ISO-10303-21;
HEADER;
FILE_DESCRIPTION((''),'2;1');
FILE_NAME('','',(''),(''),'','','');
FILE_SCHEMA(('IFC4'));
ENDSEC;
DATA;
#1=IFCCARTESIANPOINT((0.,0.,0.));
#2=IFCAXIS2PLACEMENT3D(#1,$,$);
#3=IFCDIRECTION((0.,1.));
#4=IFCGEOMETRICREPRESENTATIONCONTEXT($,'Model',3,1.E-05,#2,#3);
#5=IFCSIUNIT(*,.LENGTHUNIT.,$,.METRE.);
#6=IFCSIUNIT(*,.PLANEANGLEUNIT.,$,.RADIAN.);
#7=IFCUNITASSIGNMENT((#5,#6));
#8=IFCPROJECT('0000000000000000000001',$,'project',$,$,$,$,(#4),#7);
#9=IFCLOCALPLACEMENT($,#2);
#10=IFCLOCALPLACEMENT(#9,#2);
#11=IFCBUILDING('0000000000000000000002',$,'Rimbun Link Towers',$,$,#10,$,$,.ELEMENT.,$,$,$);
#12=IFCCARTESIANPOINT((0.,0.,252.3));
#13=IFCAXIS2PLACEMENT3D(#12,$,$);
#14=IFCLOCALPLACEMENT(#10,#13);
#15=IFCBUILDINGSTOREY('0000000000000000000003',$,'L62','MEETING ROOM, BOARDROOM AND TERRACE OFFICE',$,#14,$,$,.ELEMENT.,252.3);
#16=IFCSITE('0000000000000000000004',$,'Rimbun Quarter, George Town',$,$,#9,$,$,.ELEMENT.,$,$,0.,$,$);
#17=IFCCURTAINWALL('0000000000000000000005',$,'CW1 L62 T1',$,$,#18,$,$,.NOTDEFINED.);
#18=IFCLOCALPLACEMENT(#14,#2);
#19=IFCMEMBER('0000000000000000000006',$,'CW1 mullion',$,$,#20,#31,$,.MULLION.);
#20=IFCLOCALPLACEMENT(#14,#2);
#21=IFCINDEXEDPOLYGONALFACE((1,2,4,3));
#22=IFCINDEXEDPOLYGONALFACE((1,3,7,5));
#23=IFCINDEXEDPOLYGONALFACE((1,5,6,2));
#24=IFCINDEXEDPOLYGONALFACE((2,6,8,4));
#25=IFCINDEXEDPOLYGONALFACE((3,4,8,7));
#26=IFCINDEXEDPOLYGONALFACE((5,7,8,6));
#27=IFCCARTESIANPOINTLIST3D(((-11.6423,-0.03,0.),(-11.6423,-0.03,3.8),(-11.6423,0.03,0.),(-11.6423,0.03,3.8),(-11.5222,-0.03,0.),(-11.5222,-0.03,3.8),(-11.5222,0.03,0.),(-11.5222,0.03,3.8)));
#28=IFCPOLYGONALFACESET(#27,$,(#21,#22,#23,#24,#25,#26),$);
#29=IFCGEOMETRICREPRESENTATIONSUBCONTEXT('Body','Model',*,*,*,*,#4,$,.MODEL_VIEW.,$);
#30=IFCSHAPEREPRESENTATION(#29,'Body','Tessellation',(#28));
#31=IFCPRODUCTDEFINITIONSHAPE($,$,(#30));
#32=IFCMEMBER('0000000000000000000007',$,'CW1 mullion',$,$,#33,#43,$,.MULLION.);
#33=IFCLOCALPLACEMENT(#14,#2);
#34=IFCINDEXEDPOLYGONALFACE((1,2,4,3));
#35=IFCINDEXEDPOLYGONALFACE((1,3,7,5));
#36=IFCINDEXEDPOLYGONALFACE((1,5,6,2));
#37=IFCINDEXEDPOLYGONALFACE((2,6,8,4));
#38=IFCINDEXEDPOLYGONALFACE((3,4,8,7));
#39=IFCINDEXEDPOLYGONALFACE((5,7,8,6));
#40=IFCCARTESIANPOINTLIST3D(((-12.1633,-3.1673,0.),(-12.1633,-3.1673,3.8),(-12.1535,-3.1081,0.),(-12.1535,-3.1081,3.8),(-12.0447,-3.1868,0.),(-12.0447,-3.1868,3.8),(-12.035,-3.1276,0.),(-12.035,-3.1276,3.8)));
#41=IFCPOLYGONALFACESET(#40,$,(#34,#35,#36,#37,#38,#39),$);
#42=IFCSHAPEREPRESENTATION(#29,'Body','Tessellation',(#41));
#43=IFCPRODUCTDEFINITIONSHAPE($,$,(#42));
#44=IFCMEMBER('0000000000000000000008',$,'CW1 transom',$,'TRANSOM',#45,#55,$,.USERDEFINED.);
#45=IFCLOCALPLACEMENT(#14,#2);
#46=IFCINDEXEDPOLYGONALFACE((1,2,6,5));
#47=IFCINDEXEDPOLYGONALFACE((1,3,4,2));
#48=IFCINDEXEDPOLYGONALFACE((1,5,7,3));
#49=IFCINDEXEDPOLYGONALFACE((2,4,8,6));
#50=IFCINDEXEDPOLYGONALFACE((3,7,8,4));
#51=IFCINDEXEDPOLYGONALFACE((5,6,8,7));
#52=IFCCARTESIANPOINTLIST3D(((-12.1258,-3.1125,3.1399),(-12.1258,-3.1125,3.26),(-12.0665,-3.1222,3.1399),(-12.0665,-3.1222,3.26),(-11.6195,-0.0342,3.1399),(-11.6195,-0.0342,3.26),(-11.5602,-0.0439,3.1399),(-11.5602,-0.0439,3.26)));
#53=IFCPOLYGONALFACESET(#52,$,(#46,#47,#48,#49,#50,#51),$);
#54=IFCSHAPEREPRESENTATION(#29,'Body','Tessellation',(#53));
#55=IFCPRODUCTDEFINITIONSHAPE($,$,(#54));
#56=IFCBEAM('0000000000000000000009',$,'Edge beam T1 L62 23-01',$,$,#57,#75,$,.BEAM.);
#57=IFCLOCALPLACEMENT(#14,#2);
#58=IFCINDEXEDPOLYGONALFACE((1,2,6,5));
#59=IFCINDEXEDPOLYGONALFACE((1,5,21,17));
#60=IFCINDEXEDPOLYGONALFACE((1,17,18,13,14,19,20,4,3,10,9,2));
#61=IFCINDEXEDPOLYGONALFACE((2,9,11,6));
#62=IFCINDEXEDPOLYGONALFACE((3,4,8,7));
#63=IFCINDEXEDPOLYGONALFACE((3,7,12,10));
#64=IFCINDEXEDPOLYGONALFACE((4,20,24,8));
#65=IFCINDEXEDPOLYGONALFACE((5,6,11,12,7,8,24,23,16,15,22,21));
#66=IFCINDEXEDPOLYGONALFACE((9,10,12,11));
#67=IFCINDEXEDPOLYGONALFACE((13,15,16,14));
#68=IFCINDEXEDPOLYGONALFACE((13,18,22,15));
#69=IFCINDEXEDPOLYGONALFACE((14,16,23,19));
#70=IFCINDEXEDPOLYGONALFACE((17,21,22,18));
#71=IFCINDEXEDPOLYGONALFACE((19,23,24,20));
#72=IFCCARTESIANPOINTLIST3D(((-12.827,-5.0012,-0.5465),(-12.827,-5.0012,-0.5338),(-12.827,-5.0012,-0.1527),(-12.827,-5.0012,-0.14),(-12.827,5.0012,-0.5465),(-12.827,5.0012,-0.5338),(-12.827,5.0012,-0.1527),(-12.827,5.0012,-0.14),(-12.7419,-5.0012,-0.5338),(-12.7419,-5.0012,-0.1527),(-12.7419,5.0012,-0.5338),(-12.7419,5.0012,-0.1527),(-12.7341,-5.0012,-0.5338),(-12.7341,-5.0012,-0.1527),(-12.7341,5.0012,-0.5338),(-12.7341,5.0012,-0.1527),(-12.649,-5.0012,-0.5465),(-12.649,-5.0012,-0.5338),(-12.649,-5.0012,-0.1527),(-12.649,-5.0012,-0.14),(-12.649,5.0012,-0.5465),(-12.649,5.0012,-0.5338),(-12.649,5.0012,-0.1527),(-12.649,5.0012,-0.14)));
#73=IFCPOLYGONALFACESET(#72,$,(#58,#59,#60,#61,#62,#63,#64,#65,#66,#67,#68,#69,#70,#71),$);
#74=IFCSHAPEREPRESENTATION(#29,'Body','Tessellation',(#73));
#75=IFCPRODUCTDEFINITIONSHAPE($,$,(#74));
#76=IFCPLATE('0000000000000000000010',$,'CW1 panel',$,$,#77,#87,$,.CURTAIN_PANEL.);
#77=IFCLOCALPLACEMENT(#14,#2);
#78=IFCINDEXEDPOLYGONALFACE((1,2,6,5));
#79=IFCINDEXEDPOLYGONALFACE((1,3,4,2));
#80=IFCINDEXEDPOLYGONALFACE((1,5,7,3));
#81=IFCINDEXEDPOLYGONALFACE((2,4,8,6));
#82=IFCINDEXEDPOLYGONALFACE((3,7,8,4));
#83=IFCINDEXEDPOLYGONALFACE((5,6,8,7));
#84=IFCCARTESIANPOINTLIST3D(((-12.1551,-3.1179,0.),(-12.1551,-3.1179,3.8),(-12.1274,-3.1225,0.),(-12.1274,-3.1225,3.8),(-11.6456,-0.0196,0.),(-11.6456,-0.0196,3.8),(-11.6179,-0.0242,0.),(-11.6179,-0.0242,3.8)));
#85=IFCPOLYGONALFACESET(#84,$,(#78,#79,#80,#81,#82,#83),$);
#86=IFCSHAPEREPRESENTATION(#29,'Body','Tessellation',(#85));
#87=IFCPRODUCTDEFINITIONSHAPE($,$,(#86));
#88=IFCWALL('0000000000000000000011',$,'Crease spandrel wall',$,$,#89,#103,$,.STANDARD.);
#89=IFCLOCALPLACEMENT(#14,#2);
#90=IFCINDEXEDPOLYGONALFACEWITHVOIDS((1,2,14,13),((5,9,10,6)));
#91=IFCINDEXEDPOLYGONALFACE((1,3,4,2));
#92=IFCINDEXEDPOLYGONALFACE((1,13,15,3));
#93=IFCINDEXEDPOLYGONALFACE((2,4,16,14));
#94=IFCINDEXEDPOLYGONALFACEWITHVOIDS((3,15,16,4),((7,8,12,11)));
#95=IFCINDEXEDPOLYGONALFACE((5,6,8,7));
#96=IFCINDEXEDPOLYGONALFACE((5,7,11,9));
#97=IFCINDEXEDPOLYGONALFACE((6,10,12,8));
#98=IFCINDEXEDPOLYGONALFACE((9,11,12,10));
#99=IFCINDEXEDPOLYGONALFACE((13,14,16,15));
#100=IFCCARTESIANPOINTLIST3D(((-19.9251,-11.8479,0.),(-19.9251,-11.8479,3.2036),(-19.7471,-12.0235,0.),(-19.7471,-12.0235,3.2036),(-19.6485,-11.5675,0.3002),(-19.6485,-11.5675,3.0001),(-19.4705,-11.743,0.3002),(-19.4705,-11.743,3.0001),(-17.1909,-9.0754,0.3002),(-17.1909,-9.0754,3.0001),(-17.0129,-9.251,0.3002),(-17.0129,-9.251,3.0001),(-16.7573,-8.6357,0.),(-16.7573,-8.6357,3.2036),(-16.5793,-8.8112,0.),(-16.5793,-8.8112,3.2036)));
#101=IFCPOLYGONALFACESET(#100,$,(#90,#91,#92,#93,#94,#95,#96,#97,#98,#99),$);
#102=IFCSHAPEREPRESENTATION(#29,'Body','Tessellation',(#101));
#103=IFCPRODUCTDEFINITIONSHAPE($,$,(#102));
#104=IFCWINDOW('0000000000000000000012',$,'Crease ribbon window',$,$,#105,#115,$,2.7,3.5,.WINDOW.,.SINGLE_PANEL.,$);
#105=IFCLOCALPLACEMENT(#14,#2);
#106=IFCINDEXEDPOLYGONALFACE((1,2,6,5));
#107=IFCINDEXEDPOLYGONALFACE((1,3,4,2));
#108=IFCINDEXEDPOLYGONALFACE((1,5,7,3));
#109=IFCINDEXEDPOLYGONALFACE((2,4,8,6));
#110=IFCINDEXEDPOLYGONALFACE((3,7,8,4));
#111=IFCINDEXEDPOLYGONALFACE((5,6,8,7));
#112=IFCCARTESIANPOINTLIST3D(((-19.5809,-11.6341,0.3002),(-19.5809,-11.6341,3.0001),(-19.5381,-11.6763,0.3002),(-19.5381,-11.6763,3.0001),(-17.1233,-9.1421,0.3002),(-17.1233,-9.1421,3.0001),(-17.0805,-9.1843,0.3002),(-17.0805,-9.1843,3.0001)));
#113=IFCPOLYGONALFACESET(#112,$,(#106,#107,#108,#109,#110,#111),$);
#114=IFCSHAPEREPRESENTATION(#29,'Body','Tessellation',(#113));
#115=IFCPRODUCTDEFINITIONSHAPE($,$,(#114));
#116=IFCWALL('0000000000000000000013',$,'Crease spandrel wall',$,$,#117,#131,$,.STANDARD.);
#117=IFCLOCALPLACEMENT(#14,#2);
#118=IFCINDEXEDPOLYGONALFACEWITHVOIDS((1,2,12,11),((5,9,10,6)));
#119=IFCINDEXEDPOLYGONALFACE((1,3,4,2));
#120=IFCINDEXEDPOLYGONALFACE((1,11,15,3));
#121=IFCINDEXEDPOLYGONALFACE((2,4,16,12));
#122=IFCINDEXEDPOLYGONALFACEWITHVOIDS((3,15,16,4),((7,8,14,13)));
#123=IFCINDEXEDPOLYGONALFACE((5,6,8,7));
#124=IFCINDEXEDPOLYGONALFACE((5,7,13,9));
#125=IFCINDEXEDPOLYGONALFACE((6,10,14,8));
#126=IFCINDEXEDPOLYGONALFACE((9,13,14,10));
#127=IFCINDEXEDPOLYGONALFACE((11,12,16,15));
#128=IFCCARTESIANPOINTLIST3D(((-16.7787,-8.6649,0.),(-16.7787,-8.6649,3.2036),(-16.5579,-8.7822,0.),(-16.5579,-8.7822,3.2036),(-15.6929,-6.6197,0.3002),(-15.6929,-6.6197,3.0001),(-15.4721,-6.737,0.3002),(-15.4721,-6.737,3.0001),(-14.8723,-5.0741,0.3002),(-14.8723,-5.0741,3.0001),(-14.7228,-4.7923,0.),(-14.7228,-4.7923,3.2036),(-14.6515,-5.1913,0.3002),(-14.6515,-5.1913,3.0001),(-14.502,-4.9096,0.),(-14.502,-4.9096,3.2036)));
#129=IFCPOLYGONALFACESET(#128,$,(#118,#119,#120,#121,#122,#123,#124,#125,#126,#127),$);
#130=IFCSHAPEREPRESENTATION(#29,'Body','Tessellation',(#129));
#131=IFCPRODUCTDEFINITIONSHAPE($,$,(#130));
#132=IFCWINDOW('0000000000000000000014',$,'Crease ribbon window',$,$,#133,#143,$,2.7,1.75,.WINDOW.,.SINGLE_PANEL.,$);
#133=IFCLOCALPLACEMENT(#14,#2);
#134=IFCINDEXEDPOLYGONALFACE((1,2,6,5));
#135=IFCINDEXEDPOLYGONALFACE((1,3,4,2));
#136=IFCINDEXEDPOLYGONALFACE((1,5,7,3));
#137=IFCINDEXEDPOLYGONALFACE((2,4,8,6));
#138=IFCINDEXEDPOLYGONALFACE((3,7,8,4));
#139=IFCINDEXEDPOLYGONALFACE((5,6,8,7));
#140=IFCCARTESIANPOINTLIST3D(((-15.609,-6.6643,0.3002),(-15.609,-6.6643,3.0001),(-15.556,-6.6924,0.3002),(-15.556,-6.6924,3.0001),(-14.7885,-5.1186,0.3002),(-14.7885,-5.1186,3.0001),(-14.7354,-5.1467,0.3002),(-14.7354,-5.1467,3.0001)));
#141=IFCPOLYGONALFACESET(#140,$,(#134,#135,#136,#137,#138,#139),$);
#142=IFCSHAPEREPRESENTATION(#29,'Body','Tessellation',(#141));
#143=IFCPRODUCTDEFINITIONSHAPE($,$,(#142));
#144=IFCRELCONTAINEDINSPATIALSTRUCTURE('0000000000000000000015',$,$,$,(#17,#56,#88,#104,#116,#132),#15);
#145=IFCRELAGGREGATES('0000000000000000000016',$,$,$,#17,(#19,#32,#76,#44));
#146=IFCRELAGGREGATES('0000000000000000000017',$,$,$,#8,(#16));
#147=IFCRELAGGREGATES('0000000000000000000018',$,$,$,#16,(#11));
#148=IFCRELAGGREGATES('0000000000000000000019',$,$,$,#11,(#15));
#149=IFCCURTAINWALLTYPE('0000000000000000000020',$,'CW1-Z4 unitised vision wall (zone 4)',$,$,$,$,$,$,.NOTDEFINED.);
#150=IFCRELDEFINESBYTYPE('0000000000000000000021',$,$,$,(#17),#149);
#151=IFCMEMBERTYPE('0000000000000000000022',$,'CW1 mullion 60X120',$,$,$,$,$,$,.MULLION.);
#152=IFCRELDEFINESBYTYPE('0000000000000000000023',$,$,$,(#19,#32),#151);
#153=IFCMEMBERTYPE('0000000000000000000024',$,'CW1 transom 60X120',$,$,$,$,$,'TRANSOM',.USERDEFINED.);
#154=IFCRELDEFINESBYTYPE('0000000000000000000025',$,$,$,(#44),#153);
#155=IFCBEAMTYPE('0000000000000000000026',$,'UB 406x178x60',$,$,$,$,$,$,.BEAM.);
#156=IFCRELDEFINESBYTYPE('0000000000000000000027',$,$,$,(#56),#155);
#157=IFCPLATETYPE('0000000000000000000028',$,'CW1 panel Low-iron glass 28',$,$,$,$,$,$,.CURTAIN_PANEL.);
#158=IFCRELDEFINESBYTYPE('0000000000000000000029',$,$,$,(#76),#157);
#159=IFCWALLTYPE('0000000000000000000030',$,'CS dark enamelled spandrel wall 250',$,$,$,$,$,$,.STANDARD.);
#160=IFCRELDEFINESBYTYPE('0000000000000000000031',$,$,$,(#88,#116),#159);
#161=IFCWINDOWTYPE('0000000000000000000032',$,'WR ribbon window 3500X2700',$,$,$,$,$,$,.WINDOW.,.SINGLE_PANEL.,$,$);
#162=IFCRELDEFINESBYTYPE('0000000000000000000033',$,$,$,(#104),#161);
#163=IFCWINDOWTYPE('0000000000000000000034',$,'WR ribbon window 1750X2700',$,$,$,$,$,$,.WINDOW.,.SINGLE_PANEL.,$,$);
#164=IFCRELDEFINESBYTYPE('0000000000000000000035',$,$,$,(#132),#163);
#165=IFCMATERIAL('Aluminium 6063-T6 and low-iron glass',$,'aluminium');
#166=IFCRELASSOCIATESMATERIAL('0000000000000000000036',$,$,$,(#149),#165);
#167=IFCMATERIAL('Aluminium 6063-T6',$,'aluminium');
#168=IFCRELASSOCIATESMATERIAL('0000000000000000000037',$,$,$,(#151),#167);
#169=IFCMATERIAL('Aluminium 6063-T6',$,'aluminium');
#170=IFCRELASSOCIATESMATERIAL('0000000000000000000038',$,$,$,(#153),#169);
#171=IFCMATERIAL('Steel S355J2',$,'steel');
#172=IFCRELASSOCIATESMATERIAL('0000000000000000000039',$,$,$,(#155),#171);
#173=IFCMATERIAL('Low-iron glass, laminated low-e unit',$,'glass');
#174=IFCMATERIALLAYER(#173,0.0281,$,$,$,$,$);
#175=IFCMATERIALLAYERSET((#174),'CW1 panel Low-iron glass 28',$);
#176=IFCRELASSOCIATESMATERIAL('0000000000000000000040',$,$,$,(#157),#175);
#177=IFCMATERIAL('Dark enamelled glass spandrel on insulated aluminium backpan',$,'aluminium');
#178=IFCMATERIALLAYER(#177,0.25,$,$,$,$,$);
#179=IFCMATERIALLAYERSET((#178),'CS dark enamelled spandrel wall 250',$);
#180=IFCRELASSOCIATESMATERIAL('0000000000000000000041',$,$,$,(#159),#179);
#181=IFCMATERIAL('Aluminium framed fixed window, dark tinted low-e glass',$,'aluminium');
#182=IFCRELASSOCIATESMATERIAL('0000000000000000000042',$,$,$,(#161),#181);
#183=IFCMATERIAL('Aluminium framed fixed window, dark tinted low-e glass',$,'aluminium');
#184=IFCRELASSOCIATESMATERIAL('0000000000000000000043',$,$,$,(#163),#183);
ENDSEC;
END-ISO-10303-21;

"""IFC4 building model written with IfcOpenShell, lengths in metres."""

from ifc_helpers import new_model, si_unit, direction, frame, frame_2d, origin, origin_2d, place, context, subcontext, project, spatial, rectangle, i_section, extrude, material, layer, layer_set, material_profile, profile_set, type_object, element, fill, aggregate, save


model = new_model("IFC4")

# Units and contexts
model_context = context("Model", 3, precision=1e-05, world=origin(), true_north=direction((0.0, 1.0)))
body_context = subcontext(model_context, "Body", "Model", "MODEL_VIEW")
ifc_project = project(units=[si_unit("LENGTHUNIT", "METRE"), si_unit("PLANEANGLEUNIT", "RADIAN")], contexts=[model_context])

# Site, building, storey
site_placement = place(None, origin())
site = spatial("IfcSite", under=ifc_project, at=site_placement, Name="Rimbun Quarter, George Town", CompositionType="ELEMENT", RefElevation=0.0)
building_placement = place(site_placement, origin())
building = spatial("IfcBuilding", under=site, at=building_placement, Name="Rimbun Link Towers", CompositionType="ELEMENT")
storey_placement = place(building_placement, frame((0.0, 0.0, 252.3)))
storey = spatial("IfcBuildingStorey", under=building, at=storey_placement, Name="L62", Description="MEETING ROOM, BOARDROOM AND TERRACE OFFICE", CompositionType="ELEMENT", Elevation=252.3)

# Curtain wall, members
ifc_material_1 = material(Name="Aluminium 6063-T6 and low-iron glass", Category="aluminium")
curtain_wall_type = type_object("IfcCurtainWallType", Name="CW1-Z4 unitised vision wall (zone 4)", PredefinedType="NOTDEFINED", material=ifc_material_1)
curtain_wall_placement = place(storey_placement, origin())
curtain_wall = element("IfcCurtainWall", 1, at=curtain_wall_placement, inside=storey, type_object=curtain_wall_type, Name="CW1 L62 T1", PredefinedType="NOTDEFINED")
ifc_material_2 = material(Name="Aluminium 6063-T6", Category="aluminium")
ifc_material_profile_1 = material_profile(ifc_material_2, rectangle(XDim=0.1201, YDim=0.0601, at=origin_2d()), Name="MULLION 60X120")
ifc_profile_set_1 = profile_set([ifc_material_profile_1], Name="Aluminium 6063-T6")
member_type_1 = type_object("IfcMemberType", Name="CW1 mullion 60X120", PredefinedType="MULLION", material=ifc_profile_set_1)
member_1_placement = place(storey_placement, frame((-11.5823, 0.0, 0.0), z_axis=(0.0, 0.0, 1.0), x_axis=(1.0, 0.0, 0.0)))
member_1 = element("IfcMember", 2, at=member_1_placement, type_object=member_type_1, Name="CW1 mullion", PredefinedType="MULLION", context=body_context, shape_type="SweptSolid", body=[
    extrude(rectangle(XDim=0.1201, YDim=0.0601, at=origin_2d()), origin(), (0.0, 0.0, 1.0), 3.8),
])
member_2_placement = place(storey_placement, frame((-12.0991, -3.1475, 0.0), z_axis=(0.0, 0.0, 1.0), x_axis=(0.986748, -0.162262, 0.0)))
member_2 = element("IfcMember", 3, at=member_2_placement, type_object=member_type_1, Name="CW1 mullion", PredefinedType="MULLION", context=body_context, shape_type="SweptSolid", body=[
    extrude(rectangle(XDim=0.1201, YDim=0.0601, at=origin_2d()), origin(), (0.0, 0.0, 1.0), 3.8),
])
ifc_material_3 = material(Name="Aluminium 6063-T6", Category="aluminium")
ifc_material_profile_2 = material_profile(ifc_material_3, rectangle(XDim=0.0601, YDim=0.1201, at=origin_2d()), Name="TRANSOM 60X120")
ifc_profile_set_2 = profile_set([ifc_material_profile_2], Name="Aluminium 6063-T6")
member_type_2 = type_object("IfcMemberType", Name="CW1 transom 60X120", ElementType="TRANSOM", PredefinedType="USERDEFINED", material=ifc_profile_set_2)
member_3_placement = place(storey_placement, frame((-11.5898, -0.0391, 3.2), z_axis=(-0.162305, -0.986741, 0.0), x_axis=(0.986741, -0.162305, 0.0)))
member_3 = element("IfcMember", 4, at=member_3_placement, type_object=member_type_2, Name="CW1 transom", ObjectType="TRANSOM", PredefinedType="USERDEFINED", context=body_context, shape_type="SweptSolid", body=[
    extrude(rectangle(XDim=0.0601, YDim=0.1201, at=origin_2d()), origin(), (0.0, 0.0, 1.0), 3.1196),
])

# Beam
ifc_material_4 = material(Name="Steel S355J2", Category="steel")
ifc_material_profile_3 = material_profile(ifc_material_4, i_section(OverallWidth=0.178, OverallDepth=0.4065, WebThickness=0.0078, FlangeThickness=0.0127, at=origin_2d()), Name="UB 406x178x60")
ifc_profile_set_3 = profile_set([ifc_material_profile_3], Name="Steel S355J2")
beam_type = type_object("IfcBeamType", Name="UB 406x178x60", PredefinedType="BEAM", material=ifc_profile_set_3)
beam_placement = place(storey_placement, frame((-12.738, -5.0012, -0.3433), z_axis=(0.0, 1.0, 0.0), x_axis=(-1.0, 0.0, 0.0)))
element("IfcBeam", 5, at=beam_placement, inside=storey, type_object=beam_type, Name="Edge beam T1 L62 23-01", PredefinedType="BEAM", context=body_context, shape_type="SweptSolid", body=[
    extrude(i_section(OverallWidth=0.178, OverallDepth=0.4065, WebThickness=0.0078, FlangeThickness=0.0127, at=origin_2d()), origin(), (0.0, 0.0, 1.0), 10.0024),
])

# Plate
ifc_material_5 = material(Name="Low-iron glass, laminated low-e unit", Category="glass")
ifc_layer_1 = layer(ifc_material_5, 0.0281)
ifc_layer_set_1 = layer_set([ifc_layer_1], Name="CW1 panel Low-iron glass 28")
plate_type = type_object("IfcPlateType", Name="CW1 panel Low-iron glass 28", PredefinedType="CURTAIN_PANEL", material=ifc_layer_set_1)
plate_placement = place(storey_placement, frame((-11.8865, -1.571, 0.0), z_axis=(0.0, 0.0, 1.0), x_axis=(-0.162262, -0.986748, 0.0)))
plate = element("IfcPlate", 6, at=plate_placement, type_object=plate_type, Name="CW1 panel", PredefinedType="CURTAIN_PANEL", context=body_context, shape_type="SweptSolid", body=[
    extrude(rectangle(XDim=3.1399, YDim=0.0281, at=origin_2d()), origin(), (0.0, 0.0, 1.0), 3.8),
])
aggregate(curtain_wall, [member_1, member_2, plate, member_3])

# Walls, openings, windows
ifc_material_6 = material(Name="Dark enamelled glass spandrel on insulated aluminium backpan", Category="aluminium")
ifc_layer_2 = layer(ifc_material_6, 0.25)
ifc_layer_set_2 = layer_set([ifc_layer_2], Name="CS dark enamelled spandrel wall 250")
wall_type_1 = type_object("IfcWallType", Name="CS dark enamelled spandrel wall 250", PredefinedType="STANDARD", material=ifc_layer_set_2)
wall_1_placement = place(storey_placement, frame((-16.6682, -8.7234, 0.0), z_axis=(0.0, 0.0, 1.0), x_axis=(-0.702165, -0.712014, 0.0)))
wall_1 = element("IfcWall", 7, at=wall_1_placement, inside=storey, type_object=wall_type_1, Name="Crease spandrel wall", PredefinedType="STANDARD", context=body_context, shape_type="SweptSolid", body=[
    extrude(rectangle(XDim=4.5115, YDim=0.25, at=frame_2d((2.2559, 0.0))), origin(), (0.0, 0.0, 1.0), 3.2036),
])
opening_1_placement = place(wall_1_placement, frame((0.6177, 0.0, 0.3)))
opening_1 = element("IfcOpeningElement", 8, at=opening_1_placement, cuts=wall_1, PredefinedType="OPENING", context=body_context, shape_type="SweptSolid", body=[
    extrude(rectangle(XDim=3.5, YDim=2.7, at=frame_2d((1.75, 1.3501))), frame((0.0, 0.135, 0.0), z_axis=(0.0, -1.0, 0.0), x_axis=(1.0, 0.0, 0.0)), (0.0, 0.0, 1.0), 0.27),
])
ifc_material_7 = material(Name="Aluminium framed fixed window, dark tinted low-e glass", Category="aluminium")
window_type_1 = type_object("IfcWindowType", Name="WR ribbon window 3500X2700", PartitioningType="SINGLE_PANEL", PredefinedType="WINDOW", material=ifc_material_7)
window_1_placement = place(opening_1_placement, origin())
window_1 = element("IfcWindow", 9, at=window_1_placement, inside=storey, type_object=window_type_1, Name="Crease ribbon window", OverallHeight=2.7, OverallWidth=3.5, PartitioningType="SINGLE_PANEL", PredefinedType="WINDOW", context=body_context, shape_type="SweptSolid", body=[
    extrude(rectangle(XDim=3.5, YDim=2.7, at=frame_2d((1.75, 1.3501))), frame((0.0, 0.03, 0.0), z_axis=(0.0, -1.0, 0.0), x_axis=(1.0, 0.0, 0.0)), (0.0, 0.0, 1.0), 0.0601),
])
fill(opening_1, window_1)
wall_2_placement = place(storey_placement, frame((-14.6123, -4.8508, 0.0), z_axis=(0.0, 0.0, 1.0), x_axis=(-0.468908, -0.883247, 0.0)))
wall_2 = element("IfcWall", 10, at=wall_2_placement, inside=storey, type_object=wall_type_1, Name="Crease spandrel wall", PredefinedType="STANDARD", context=body_context, shape_type="SweptSolid", body=[
    extrude(rectangle(XDim=4.3845, YDim=0.25, at=frame_2d((2.1924, 0.0))), origin(), (0.0, 0.0, 1.0), 3.2036),
])
opening_2_placement = place(wall_2_placement, frame((0.3191, 0.0, 0.3)))
opening_2 = element("IfcOpeningElement", 11, at=opening_2_placement, cuts=wall_2, PredefinedType="OPENING", context=body_context, shape_type="SweptSolid", body=[
    extrude(rectangle(XDim=1.75, YDim=2.7, at=frame_2d((0.875, 1.3501))), frame((0.0, 0.135, 0.0), z_axis=(0.0, -1.0, 0.0), x_axis=(1.0, 0.0, 0.0)), (0.0, 0.0, 1.0), 0.27),
])
ifc_material_8 = material(Name="Aluminium framed fixed window, dark tinted low-e glass", Category="aluminium")
window_type_2 = type_object("IfcWindowType", Name="WR ribbon window 1750X2700", PartitioningType="SINGLE_PANEL", PredefinedType="WINDOW", material=ifc_material_8)
window_2_placement = place(opening_2_placement, origin())
window_2 = element("IfcWindow", 12, at=window_2_placement, inside=storey, type_object=window_type_2, Name="Crease ribbon window", OverallHeight=2.7, OverallWidth=1.75, PartitioningType="SINGLE_PANEL", PredefinedType="WINDOW", context=body_context, shape_type="SweptSolid", body=[
    extrude(rectangle(XDim=1.75, YDim=2.7, at=frame_2d((0.875, 1.3501))), frame((0.0, 0.03, 0.0), z_axis=(0.0, -1.0, 0.0), x_axis=(1.0, 0.0, 0.0)), (0.0, 0.0, 1.0), 0.0601),
])
fill(opening_2, window_2)

save(model, "model.ifc")
